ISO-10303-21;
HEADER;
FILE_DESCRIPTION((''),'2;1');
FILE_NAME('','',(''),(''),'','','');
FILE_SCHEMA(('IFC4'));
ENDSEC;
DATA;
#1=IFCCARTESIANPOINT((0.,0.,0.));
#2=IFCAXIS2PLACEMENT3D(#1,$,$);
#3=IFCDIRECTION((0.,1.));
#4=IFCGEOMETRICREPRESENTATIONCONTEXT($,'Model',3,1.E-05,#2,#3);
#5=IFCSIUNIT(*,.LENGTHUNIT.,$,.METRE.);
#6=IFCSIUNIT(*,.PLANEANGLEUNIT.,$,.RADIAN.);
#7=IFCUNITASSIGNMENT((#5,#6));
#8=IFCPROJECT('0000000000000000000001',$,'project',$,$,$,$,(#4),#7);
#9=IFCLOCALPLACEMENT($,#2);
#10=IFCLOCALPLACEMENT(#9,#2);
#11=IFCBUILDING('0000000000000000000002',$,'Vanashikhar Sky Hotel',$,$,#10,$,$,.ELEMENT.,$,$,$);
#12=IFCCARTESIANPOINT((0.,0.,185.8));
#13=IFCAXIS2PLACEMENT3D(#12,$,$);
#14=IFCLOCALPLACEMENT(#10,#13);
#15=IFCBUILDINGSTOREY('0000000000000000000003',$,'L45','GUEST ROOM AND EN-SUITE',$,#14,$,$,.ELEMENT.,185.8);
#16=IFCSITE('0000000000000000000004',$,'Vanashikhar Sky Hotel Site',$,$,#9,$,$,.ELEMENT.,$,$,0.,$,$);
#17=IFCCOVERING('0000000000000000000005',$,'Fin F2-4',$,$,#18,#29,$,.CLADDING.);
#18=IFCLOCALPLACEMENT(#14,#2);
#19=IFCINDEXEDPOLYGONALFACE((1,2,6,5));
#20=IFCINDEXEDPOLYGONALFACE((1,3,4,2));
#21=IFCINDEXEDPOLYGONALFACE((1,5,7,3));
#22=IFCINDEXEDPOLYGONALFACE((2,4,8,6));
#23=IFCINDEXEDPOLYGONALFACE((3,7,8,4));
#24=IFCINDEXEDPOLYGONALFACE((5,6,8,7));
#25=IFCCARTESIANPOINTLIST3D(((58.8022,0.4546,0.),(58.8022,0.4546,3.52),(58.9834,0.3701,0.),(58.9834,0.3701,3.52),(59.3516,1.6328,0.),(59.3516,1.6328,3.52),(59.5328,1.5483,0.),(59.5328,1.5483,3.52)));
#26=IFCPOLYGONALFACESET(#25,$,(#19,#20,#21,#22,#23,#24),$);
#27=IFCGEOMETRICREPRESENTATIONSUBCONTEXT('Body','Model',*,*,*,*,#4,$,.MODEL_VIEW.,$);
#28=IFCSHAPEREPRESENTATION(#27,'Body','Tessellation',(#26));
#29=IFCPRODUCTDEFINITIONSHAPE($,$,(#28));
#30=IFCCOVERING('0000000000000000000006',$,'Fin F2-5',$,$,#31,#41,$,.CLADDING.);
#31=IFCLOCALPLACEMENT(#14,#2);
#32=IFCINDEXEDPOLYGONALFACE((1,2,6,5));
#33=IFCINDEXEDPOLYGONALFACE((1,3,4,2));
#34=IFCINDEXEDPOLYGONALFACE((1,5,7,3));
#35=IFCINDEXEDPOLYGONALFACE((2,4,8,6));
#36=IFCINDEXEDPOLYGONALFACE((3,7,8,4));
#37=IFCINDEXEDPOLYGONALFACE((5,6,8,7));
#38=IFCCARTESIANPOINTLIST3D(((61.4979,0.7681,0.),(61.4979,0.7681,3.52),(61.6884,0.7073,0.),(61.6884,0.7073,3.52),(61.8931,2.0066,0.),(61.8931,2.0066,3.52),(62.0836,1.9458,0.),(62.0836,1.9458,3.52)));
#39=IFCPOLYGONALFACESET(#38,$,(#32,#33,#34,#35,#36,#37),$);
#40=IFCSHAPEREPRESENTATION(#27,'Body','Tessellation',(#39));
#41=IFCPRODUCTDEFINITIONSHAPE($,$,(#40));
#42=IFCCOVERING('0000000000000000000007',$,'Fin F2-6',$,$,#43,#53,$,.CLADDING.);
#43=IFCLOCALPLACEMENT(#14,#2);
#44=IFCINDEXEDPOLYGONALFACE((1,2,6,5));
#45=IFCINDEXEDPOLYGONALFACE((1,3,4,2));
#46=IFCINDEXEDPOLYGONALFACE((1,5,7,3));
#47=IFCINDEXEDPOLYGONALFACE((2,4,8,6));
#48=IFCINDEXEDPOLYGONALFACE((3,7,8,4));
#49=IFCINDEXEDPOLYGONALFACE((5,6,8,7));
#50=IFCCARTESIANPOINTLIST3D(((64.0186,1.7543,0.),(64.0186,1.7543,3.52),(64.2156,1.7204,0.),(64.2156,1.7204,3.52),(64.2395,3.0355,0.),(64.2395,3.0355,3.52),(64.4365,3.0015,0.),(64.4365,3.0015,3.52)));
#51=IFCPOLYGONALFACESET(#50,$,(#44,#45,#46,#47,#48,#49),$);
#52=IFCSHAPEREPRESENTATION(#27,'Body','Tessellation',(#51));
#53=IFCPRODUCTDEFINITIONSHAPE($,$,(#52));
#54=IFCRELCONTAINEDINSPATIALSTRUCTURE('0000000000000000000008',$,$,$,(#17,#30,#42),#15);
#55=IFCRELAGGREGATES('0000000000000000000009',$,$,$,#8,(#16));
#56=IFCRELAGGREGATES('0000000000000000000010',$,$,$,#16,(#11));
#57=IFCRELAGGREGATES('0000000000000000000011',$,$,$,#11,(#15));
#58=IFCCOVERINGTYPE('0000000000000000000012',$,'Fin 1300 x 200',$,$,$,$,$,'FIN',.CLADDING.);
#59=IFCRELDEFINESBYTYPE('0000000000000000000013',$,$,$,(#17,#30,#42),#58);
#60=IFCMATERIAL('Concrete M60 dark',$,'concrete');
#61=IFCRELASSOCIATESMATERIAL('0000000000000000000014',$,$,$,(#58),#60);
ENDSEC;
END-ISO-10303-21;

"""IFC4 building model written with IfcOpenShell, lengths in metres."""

from ifc_helpers import new_model, si_unit, direction, frame, origin, origin_2d, place, context, subcontext, project, spatial, rectangle, extrude, source, transform, mapped, material, material_profile, profile_set, type_object, element, save


model = new_model("IFC4")

# Units and contexts
model_context = context("Model", 3, precision=1e-05, world=origin(), true_north=direction((0.0, 1.0)))
body_context = subcontext(model_context, "Body", "Model", "MODEL_VIEW")
ifc_project = project(units=[si_unit("LENGTHUNIT", "METRE"), si_unit("PLANEANGLEUNIT", "RADIAN")], contexts=[model_context])

# Site, building, storey
site_placement = place(None, origin())
site = spatial("IfcSite", under=ifc_project, at=site_placement, Name="Vanashikhar Sky Hotel Site", CompositionType="ELEMENT", RefElevation=0.0)
building_placement = place(site_placement, origin())
building = spatial("IfcBuilding", under=site, at=building_placement, Name="Vanashikhar Sky Hotel", CompositionType="ELEMENT")
storey_placement = place(building_placement, frame((0.0, 0.0, 185.8)))
storey = spatial("IfcBuildingStorey", under=building, at=storey_placement, Name="L45", Description="GUEST ROOM AND EN-SUITE", CompositionType="ELEMENT", Elevation=185.8)

# Coverings
ifc_material_1 = material(Name="Concrete M60 dark", Category="concrete")
ifc_material_profile = material_profile(ifc_material_1, rectangle(XDim=1.3, YDim=0.2, at=origin_2d()))
ifc_profile_set = profile_set([ifc_material_profile], Name="Fin 1300 x 200")
covering_type = type_object("IfcCoveringType", Name="Fin 1300 x 200", ElementType="FIN", PredefinedType="CLADDING", material=ifc_profile_set)
shared_shape_1 = source(origin(), body_context, "Body", "SweptSolid", [
    extrude(rectangle(XDim=1.3, YDim=0.2, at=origin_2d()), origin(), (0.0, 0.0, 1.0), 3.52),
])
for number, where, z_axis, x_axis, name in (
    (1, (59.1675, 1.0015, 0.0), (0.0, 0.0, 1.0), (-0.422618, -0.906308, 0.0), "Fin F2-4"),
    (2, (61.7908, 1.3569, 0.0), (0.0, 0.0, 1.0), (-0.303967, -0.952683, 0.0), "Fin F2-5"),
    (3, (64.2275, 2.3779, 0.0), (0.0, 0.0, 1.0), (-0.1699, -0.985461, 0.0), "Fin F2-6"),
):
    element("IfcCovering", number, at=place(storey_placement, frame(where, z_axis=z_axis, x_axis=x_axis)), inside=storey, type_object=covering_type, Name=name, PredefinedType="CLADDING", context=body_context, shape_type="MappedRepresentation", body=[
        mapped(shared_shape_1, transform((0.0, 0.0, 0.0), scale=1.0)),
    ])

save(model, "model.ifc")
